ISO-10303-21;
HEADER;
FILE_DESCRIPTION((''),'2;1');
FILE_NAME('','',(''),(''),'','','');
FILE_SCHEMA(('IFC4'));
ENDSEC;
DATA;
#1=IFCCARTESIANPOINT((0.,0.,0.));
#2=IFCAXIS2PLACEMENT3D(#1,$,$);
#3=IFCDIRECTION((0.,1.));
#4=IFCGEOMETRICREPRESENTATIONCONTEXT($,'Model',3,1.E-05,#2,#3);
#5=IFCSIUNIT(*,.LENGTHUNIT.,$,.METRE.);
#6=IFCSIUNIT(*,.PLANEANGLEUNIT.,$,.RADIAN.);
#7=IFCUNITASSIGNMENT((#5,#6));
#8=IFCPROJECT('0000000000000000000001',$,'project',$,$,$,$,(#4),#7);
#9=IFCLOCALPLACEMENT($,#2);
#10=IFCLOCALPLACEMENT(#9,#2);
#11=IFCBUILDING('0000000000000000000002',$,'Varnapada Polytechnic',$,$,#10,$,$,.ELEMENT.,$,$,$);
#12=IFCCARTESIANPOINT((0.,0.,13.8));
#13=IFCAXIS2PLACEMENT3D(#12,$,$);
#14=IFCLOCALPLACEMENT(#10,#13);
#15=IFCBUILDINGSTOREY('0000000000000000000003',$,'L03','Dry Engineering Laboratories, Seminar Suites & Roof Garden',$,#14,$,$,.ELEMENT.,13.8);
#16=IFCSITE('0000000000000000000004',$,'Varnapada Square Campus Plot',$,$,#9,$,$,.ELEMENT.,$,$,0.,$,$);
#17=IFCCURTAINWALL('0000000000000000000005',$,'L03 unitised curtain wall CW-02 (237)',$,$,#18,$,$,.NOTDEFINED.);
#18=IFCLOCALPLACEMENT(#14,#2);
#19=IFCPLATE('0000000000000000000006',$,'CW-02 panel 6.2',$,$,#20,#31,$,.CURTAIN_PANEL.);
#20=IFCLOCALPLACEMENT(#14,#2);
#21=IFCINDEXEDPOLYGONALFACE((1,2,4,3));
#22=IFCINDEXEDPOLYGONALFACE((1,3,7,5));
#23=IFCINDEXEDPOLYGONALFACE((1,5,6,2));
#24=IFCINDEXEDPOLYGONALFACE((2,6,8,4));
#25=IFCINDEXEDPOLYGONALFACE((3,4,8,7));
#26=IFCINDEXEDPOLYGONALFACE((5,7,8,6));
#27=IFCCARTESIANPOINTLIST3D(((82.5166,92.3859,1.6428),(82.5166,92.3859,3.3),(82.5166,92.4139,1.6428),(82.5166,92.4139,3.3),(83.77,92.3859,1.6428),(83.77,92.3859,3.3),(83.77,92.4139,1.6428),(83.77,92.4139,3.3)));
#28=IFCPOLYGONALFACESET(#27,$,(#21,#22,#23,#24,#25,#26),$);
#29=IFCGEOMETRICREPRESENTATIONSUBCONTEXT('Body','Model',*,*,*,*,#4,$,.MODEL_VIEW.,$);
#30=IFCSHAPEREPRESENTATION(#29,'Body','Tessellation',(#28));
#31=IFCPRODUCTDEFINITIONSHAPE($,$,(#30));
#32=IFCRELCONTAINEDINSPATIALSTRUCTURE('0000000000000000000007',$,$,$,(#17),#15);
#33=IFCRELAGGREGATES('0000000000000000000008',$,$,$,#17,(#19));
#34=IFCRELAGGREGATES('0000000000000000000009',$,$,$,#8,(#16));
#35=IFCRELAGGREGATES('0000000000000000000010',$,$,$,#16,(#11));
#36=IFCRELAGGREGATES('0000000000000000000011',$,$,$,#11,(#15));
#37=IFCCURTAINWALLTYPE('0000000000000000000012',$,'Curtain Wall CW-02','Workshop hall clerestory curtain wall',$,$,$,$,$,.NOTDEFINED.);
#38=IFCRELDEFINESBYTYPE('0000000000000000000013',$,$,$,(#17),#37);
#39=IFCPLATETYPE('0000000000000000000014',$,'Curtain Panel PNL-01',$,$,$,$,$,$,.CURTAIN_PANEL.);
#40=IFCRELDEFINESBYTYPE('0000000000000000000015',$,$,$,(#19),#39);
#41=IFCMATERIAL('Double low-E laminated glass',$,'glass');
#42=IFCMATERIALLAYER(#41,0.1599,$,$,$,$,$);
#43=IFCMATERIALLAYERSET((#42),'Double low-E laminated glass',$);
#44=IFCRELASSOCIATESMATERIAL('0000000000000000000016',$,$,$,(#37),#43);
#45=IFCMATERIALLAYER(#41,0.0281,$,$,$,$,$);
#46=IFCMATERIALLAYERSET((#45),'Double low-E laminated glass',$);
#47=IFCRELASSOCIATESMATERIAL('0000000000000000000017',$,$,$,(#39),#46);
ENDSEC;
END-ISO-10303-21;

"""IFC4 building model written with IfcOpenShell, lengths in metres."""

from ifc_helpers import new_model, si_unit, direction, frame, origin, origin_2d, place, context, subcontext, project, spatial, rectangle, extrude, material, layer, layer_set, type_object, element, aggregate, save


model = new_model("IFC4")

# Units and contexts
model_context = context("Model", 3, precision=1e-05, world=origin(), true_north=direction((0.0, 1.0)))
body_context = subcontext(model_context, "Body", "Model", "MODEL_VIEW")
ifc_project = project(units=[si_unit("LENGTHUNIT", "METRE"), si_unit("PLANEANGLEUNIT", "RADIAN")], contexts=[model_context])

# Site, building, storey
site_placement = place(None, origin())
site = spatial("IfcSite", under=ifc_project, at=site_placement, Name="Varnapada Square Campus Plot", CompositionType="ELEMENT", RefElevation=0.0)
building_placement = place(site_placement, origin())
building = spatial("IfcBuilding", under=site, at=building_placement, Name="Varnapada Polytechnic", CompositionType="ELEMENT")
storey_placement = place(building_placement, frame((0.0, 0.0, 13.8)))
storey = spatial("IfcBuildingStorey", under=building, at=storey_placement, Name="L03", Description="Dry Engineering Laboratories, Seminar Suites & Roof Garden", CompositionType="ELEMENT", Elevation=13.8)

# Curtain wall
ifc_material_1 = material(Name="Double low-E laminated glass", Category="glass")
ifc_layer_1 = layer(ifc_material_1, 0.1599)
ifc_layer_set_1 = layer_set([ifc_layer_1], Name="Double low-E laminated glass")
curtain_wall_type_1 = type_object("IfcCurtainWallType", Name="Curtain Wall CW-02", Description="Workshop hall clerestory curtain wall", PredefinedType="NOTDEFINED", material=ifc_layer_set_1)
curtain_wall_1_placement = place(storey_placement, origin())
curtain_wall_1 = element("IfcCurtainWall", 1, at=curtain_wall_1_placement, inside=storey, type_object=curtain_wall_type_1, Name="L03 unitised curtain wall CW-02 (237)", PredefinedType="NOTDEFINED")

# Plate
ifc_layer_2 = layer(ifc_material_1, 0.0281)
ifc_layer_set_2 = layer_set([ifc_layer_2], Name="Double low-E laminated glass")
plate_type = type_object("IfcPlateType", Name="Curtain Panel PNL-01", PredefinedType="CURTAIN_PANEL", material=ifc_layer_set_2)
plate_1_placement = place(storey_placement, frame((83.1433, 92.3999, 1.6428), z_axis=(0.0, 0.0, 1.0), x_axis=(1.0, 0.0, 0.0)))
plate_1 = element("IfcPlate", 2, at=plate_1_placement, type_object=plate_type, Name="CW-02 panel 6.2", PredefinedType="CURTAIN_PANEL", context=body_context, shape_type="SweptSolid", body=[
    extrude(rectangle(XDim=1.2534, YDim=0.0281, at=origin_2d()), origin(), (0.0, 0.0, 1.0), 1.6572),
])
aggregate(curtain_wall_1, [plate_1])

save(model, "model.ifc")
